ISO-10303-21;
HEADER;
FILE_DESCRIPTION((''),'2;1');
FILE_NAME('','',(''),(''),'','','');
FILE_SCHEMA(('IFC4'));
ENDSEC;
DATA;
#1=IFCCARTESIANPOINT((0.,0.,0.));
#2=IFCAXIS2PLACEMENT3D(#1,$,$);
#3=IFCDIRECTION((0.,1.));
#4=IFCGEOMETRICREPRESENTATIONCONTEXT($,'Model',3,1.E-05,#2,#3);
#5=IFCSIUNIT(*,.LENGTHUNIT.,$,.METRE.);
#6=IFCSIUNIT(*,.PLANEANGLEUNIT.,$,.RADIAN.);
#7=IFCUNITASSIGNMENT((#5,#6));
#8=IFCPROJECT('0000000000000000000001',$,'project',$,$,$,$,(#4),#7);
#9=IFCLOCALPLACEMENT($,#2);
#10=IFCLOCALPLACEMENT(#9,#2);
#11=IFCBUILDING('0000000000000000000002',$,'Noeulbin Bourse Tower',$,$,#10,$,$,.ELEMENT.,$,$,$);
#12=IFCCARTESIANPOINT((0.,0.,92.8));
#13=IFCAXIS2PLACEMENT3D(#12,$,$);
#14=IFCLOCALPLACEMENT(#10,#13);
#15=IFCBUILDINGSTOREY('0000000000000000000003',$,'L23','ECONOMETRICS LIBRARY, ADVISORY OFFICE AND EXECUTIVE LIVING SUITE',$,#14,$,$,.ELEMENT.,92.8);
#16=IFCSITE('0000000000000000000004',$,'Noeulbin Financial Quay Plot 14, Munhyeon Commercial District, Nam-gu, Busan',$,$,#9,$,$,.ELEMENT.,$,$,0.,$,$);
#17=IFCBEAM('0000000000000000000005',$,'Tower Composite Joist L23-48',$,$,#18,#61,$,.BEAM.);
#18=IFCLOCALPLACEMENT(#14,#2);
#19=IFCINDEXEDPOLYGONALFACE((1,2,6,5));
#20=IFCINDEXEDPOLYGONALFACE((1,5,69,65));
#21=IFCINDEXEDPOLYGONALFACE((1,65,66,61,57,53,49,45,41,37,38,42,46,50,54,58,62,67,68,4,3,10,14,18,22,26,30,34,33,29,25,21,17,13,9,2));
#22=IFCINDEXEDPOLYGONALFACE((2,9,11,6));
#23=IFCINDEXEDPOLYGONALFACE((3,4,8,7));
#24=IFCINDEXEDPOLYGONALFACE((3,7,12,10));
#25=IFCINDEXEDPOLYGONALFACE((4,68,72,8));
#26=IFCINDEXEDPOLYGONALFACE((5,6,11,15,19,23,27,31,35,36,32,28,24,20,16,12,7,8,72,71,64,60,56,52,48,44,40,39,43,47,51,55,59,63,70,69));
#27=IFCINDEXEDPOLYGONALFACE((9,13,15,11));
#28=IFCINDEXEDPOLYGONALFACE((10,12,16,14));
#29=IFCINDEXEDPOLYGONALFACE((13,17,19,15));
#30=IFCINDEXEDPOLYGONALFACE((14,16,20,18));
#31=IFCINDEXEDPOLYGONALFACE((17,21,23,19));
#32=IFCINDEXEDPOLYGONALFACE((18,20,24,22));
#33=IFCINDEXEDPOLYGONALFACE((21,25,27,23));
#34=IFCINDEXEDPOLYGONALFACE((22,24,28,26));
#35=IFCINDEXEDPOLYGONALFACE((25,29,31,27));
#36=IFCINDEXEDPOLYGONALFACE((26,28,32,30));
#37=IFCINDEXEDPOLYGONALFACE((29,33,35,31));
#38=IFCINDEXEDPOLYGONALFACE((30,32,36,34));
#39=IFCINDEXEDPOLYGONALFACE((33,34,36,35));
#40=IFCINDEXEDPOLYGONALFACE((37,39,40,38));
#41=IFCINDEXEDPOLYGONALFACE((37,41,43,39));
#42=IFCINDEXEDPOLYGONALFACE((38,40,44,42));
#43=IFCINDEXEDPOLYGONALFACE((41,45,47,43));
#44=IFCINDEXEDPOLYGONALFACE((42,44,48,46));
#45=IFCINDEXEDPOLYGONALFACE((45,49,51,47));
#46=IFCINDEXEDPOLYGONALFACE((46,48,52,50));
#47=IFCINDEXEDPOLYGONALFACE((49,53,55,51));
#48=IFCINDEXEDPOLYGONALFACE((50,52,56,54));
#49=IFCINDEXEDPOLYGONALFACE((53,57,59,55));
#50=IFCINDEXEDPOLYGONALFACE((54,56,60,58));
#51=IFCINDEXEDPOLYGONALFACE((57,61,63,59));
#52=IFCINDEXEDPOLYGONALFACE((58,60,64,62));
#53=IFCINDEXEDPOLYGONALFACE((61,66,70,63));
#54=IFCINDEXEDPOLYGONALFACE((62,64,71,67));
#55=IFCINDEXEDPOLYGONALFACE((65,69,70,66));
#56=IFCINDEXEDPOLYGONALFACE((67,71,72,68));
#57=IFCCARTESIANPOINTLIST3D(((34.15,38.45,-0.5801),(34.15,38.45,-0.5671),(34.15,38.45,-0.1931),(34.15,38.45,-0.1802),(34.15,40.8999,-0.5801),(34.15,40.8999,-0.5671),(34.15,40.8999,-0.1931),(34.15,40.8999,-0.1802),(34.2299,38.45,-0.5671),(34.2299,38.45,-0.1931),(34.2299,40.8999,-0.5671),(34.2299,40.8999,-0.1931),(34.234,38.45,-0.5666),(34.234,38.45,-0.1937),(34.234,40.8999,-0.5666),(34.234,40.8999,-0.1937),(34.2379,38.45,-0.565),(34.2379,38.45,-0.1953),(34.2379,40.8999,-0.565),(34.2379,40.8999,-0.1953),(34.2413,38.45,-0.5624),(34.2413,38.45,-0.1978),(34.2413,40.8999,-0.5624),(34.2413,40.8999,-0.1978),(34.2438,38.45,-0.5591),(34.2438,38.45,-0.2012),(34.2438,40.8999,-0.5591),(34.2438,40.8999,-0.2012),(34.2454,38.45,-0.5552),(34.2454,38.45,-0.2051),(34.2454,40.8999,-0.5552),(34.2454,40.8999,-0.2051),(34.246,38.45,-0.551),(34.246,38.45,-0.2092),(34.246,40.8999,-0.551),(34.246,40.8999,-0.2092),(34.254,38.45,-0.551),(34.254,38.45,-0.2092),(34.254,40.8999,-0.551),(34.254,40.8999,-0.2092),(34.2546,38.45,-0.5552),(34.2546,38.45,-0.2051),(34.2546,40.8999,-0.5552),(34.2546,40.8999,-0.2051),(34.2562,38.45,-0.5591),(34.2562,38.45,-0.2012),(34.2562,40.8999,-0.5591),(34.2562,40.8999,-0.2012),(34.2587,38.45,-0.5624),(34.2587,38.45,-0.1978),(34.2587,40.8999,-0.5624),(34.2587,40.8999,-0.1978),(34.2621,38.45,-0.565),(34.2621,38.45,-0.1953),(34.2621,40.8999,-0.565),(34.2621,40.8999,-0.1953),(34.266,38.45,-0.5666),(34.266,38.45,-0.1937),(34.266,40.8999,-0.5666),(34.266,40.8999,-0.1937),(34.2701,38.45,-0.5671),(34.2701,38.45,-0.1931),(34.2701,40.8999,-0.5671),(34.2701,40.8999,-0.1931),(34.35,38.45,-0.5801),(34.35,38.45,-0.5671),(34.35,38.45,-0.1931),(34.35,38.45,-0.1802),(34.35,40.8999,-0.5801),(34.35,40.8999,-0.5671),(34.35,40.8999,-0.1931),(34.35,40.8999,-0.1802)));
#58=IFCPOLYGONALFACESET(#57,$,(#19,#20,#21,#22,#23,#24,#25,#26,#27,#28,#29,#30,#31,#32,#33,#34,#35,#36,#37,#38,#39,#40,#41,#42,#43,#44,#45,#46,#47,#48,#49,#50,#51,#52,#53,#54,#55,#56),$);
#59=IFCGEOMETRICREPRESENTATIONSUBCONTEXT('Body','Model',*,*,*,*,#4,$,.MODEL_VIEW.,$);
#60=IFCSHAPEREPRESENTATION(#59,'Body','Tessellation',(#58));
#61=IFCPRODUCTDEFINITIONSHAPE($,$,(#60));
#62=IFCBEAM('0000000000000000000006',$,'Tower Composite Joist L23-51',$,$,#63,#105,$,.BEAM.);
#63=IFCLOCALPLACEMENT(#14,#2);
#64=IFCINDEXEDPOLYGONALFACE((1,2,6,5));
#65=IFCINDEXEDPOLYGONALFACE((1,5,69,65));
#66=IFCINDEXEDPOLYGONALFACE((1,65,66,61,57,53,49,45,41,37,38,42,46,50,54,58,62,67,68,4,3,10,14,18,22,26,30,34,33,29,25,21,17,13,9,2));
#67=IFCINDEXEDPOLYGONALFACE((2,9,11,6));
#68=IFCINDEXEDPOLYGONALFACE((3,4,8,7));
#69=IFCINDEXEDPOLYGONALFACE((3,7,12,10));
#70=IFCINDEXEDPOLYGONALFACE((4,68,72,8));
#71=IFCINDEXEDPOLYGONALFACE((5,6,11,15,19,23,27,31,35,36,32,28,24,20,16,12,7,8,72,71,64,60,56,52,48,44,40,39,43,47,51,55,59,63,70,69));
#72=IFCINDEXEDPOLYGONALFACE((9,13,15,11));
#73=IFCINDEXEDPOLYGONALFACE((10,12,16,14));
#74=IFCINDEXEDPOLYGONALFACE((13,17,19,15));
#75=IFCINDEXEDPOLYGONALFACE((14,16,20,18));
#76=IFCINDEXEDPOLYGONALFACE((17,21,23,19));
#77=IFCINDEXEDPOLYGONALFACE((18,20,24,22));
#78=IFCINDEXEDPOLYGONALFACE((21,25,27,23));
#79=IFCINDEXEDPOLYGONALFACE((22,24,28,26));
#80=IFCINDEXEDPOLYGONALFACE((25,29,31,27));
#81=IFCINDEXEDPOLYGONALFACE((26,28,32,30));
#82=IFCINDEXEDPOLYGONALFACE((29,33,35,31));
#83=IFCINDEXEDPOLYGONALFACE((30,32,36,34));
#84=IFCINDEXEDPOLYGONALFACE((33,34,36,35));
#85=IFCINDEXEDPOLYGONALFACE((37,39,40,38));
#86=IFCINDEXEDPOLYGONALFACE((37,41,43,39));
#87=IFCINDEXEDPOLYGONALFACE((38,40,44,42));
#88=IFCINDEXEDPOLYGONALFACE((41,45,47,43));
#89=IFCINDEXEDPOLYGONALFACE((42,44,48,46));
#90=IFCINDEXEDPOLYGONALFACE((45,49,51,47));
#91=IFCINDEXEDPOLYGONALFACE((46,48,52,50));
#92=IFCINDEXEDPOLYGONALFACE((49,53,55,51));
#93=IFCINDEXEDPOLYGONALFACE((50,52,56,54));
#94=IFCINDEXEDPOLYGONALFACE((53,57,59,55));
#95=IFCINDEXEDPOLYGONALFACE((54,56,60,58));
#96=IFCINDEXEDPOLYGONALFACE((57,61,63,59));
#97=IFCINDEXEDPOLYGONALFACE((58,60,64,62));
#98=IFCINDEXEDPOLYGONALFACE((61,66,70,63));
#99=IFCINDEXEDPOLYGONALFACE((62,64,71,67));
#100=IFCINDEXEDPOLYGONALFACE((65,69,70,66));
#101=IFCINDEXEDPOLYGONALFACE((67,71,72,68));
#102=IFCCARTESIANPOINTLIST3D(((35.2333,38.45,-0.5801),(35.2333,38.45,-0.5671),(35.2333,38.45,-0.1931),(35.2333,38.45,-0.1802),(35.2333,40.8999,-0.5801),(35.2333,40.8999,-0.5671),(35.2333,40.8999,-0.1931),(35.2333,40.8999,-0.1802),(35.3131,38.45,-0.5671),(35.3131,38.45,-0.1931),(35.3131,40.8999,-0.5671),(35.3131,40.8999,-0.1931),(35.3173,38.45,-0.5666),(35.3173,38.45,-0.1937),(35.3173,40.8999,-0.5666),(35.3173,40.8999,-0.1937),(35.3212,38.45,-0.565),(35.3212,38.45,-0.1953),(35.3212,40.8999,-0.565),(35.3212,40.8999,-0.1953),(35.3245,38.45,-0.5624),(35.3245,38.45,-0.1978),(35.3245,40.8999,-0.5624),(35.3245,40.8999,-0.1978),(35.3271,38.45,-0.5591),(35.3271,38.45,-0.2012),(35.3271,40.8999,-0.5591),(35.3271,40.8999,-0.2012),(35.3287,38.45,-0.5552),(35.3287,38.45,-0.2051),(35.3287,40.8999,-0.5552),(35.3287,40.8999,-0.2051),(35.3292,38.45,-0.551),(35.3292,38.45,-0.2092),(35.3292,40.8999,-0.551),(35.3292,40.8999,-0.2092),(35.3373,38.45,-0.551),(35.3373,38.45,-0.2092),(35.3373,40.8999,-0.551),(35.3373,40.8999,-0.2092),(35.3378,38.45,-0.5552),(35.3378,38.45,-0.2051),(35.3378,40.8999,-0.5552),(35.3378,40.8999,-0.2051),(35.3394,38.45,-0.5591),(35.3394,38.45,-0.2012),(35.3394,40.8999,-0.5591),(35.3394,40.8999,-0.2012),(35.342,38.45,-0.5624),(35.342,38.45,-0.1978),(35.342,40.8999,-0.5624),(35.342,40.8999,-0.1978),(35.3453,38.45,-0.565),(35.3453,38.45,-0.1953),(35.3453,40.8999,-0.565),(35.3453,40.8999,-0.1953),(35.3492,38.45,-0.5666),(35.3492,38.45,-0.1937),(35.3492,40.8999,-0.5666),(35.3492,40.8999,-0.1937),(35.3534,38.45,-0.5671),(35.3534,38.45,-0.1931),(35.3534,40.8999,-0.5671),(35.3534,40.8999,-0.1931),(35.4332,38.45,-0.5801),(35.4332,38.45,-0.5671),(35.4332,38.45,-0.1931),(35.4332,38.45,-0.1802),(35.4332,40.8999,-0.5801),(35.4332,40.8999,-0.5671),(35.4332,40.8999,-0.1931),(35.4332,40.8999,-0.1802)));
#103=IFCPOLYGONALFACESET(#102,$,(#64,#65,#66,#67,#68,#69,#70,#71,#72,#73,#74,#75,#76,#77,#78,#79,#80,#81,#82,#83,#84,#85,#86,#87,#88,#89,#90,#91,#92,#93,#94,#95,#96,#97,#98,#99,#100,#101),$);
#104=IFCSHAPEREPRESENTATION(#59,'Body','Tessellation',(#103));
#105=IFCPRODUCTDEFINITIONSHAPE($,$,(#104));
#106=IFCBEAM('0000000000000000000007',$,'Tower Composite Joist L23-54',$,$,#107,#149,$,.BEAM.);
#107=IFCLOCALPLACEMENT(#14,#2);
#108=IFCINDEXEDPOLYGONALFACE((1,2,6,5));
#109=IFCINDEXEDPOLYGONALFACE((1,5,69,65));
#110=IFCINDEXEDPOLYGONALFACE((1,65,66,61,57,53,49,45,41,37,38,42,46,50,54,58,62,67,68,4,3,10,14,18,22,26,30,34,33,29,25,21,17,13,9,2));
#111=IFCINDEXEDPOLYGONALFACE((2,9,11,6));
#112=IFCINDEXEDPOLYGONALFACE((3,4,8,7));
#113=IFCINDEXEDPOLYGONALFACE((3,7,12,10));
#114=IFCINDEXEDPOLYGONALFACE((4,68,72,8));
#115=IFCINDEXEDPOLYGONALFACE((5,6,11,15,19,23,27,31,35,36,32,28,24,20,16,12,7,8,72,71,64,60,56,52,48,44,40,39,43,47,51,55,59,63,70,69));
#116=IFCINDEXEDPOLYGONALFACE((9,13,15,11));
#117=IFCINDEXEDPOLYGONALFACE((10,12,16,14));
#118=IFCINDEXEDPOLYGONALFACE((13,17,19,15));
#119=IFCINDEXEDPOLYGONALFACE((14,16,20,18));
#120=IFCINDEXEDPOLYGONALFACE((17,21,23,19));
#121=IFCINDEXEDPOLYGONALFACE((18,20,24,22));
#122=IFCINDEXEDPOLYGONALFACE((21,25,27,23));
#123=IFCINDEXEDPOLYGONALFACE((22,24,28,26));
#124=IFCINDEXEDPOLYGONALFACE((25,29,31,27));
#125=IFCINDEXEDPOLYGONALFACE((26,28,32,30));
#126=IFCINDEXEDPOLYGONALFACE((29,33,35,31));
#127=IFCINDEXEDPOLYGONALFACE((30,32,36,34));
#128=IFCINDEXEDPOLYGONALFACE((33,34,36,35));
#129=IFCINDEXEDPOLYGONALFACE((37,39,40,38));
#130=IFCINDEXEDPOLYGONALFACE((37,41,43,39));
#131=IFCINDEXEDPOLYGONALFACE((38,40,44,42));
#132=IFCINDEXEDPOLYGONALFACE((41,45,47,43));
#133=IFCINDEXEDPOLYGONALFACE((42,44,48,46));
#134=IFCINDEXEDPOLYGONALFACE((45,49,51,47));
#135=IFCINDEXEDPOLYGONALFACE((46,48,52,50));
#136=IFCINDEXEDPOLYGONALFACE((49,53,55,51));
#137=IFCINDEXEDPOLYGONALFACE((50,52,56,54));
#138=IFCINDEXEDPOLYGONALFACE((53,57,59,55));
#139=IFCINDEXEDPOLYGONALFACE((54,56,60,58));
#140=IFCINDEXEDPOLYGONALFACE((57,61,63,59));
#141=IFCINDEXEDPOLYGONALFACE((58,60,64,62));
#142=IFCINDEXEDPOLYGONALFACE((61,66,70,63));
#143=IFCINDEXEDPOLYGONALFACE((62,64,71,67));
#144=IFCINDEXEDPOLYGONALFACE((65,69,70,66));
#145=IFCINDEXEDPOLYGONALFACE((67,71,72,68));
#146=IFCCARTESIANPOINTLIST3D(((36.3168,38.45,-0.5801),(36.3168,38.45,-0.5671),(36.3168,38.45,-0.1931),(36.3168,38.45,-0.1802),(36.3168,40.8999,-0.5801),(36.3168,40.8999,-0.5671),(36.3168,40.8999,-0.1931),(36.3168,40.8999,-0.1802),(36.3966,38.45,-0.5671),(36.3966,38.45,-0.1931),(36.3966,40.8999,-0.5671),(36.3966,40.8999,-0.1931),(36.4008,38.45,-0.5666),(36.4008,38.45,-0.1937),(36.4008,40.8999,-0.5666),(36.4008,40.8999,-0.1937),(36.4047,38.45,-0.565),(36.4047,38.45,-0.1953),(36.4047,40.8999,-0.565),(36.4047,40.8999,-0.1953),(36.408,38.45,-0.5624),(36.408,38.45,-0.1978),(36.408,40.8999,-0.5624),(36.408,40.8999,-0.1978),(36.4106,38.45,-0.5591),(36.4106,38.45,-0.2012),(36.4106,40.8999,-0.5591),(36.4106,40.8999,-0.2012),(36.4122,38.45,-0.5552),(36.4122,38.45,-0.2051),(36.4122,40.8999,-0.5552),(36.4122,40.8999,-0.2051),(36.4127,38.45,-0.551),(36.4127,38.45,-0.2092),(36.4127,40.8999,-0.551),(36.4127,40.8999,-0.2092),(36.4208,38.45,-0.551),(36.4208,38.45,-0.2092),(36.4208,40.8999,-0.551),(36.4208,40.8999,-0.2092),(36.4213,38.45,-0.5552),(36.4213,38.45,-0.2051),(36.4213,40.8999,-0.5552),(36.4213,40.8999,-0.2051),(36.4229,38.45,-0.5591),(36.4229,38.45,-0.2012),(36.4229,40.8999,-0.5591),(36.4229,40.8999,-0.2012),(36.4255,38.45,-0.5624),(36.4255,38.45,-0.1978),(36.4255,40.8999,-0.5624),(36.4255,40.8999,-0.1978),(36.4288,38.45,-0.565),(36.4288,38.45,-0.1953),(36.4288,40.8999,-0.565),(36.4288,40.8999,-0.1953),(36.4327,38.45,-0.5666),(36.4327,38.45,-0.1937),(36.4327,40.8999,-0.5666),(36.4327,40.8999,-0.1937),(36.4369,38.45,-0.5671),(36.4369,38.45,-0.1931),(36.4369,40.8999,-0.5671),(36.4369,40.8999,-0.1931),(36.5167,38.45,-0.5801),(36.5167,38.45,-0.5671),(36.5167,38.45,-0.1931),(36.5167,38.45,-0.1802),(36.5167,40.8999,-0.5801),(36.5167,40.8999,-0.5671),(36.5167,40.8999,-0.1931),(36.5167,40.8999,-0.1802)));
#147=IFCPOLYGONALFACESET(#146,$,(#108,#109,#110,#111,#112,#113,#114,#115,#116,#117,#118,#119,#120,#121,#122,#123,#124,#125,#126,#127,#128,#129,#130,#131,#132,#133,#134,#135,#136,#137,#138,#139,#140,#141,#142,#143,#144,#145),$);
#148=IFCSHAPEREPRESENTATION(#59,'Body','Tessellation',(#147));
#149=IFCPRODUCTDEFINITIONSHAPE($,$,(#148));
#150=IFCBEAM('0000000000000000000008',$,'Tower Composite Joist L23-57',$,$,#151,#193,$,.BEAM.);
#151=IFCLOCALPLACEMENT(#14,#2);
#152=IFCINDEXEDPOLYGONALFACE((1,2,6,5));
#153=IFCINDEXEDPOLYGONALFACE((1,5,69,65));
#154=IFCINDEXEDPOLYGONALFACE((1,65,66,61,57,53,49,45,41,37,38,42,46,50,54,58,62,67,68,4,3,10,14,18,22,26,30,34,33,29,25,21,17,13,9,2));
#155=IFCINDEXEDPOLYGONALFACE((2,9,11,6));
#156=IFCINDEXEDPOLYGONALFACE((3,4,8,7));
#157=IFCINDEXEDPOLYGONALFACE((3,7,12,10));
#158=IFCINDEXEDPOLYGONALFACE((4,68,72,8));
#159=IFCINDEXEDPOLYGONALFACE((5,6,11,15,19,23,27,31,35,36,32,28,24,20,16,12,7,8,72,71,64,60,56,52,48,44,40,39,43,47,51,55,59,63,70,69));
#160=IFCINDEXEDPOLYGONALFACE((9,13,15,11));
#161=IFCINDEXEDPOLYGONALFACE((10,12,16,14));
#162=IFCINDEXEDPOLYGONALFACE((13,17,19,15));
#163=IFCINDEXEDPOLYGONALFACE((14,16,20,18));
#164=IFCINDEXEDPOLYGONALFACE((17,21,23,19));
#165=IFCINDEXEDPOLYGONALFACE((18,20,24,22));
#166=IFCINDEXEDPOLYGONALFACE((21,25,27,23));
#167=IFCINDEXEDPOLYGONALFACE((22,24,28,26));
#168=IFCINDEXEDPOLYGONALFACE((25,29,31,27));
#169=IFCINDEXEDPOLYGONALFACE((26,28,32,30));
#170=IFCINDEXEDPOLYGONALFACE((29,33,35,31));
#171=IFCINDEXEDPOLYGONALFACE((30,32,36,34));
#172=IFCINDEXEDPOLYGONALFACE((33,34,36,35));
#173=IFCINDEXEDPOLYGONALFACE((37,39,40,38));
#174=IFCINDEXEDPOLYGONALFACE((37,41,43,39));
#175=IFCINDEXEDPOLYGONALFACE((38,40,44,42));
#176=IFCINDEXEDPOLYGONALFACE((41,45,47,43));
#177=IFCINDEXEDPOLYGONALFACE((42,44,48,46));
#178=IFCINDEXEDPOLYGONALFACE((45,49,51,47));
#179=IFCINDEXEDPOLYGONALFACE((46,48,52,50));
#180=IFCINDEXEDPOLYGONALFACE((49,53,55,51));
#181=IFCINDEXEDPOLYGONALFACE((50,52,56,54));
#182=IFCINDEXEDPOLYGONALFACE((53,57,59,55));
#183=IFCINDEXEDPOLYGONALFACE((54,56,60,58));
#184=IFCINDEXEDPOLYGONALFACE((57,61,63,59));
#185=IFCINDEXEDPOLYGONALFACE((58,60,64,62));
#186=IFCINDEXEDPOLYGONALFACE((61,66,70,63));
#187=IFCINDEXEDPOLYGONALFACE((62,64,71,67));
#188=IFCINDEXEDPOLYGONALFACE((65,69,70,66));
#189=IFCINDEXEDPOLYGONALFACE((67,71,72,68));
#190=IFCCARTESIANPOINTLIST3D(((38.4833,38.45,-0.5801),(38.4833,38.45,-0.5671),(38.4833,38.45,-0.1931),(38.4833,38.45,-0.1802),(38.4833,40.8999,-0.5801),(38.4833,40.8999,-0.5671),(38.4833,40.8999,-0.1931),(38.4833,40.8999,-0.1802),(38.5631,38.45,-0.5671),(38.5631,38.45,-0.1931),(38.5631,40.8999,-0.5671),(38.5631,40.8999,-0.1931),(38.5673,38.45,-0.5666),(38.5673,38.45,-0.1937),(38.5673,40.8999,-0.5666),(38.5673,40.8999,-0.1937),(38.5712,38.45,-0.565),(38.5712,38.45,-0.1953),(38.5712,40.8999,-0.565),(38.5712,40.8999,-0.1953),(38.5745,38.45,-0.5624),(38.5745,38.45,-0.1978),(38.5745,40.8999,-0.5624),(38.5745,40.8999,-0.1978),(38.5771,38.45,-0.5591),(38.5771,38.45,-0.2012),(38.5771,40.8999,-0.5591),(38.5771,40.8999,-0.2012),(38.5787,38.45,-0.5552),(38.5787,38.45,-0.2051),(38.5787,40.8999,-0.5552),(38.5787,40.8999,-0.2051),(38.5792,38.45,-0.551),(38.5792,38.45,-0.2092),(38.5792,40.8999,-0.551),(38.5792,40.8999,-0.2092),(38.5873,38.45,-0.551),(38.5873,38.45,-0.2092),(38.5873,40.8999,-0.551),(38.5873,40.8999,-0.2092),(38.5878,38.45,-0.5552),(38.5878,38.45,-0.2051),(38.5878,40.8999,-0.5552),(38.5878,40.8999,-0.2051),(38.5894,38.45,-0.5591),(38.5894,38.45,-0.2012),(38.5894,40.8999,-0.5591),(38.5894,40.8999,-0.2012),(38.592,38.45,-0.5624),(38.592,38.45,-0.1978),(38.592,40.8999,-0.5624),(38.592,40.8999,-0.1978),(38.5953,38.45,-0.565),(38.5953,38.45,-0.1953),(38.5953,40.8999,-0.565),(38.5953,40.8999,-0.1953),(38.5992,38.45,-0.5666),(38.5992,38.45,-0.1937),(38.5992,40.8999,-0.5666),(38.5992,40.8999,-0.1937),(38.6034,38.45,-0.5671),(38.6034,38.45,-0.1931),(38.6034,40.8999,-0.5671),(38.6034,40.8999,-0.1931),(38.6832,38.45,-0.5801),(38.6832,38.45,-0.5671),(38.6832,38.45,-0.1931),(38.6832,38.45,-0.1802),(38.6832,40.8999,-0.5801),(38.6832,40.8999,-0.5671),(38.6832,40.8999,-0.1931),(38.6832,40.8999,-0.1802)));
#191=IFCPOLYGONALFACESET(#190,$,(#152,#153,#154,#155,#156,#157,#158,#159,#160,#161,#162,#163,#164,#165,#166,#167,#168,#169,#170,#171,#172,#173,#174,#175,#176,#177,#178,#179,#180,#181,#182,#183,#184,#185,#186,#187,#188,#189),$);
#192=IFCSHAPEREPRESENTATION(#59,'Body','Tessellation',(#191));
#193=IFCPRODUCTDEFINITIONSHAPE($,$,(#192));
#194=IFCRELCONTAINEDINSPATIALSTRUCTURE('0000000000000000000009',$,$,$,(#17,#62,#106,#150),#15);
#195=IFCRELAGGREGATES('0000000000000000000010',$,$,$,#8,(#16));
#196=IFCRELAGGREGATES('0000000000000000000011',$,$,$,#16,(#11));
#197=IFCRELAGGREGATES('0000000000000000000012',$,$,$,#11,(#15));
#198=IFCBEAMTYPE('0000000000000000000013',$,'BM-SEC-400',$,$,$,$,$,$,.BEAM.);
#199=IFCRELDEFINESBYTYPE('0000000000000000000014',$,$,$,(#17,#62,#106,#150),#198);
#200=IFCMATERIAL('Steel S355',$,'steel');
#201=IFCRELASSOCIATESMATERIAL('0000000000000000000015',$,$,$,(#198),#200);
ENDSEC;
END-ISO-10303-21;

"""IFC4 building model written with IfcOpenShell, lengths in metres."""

from ifc_helpers import new_model, si_unit, direction, frame, origin, origin_2d, place, context, subcontext, project, spatial, i_section, extrude, material, material_profile, profile_set, type_object, element, save


model = new_model("IFC4")

# Units and contexts
model_context = context("Model", 3, precision=1e-05, world=origin(), true_north=direction((0.0, 1.0)))
body_context = subcontext(model_context, "Body", "Model", "MODEL_VIEW")
ifc_project = project(units=[si_unit("LENGTHUNIT", "METRE"), si_unit("PLANEANGLEUNIT", "RADIAN")], contexts=[model_context])

# Site, building, storey
site_placement = place(None, origin())
site = spatial("IfcSite", under=ifc_project, at=site_placement, Name="Noeulbin Financial Quay Plot 14, Munhyeon Commercial District, Nam-gu, Busan", CompositionType="ELEMENT", RefElevation=0.0)
building_placement = place(site_placement, origin())
building = spatial("IfcBuilding", under=site, at=building_placement, Name="Noeulbin Bourse Tower", CompositionType="ELEMENT")
storey_placement = place(building_placement, frame((0.0, 0.0, 92.8)))
storey = spatial("IfcBuildingStorey", under=building, at=storey_placement, Name="L23", Description="ECONOMETRICS LIBRARY, ADVISORY OFFICE AND EXECUTIVE LIVING SUITE", CompositionType="ELEMENT", Elevation=92.8)

# Beams
ifc_material_1 = material(Name="Steel S355", Category="steel")
ifc_material_profile_1 = material_profile(ifc_material_1, i_section(OverallWidth=0.2, OverallDepth=0.3999, WebThickness=0.0081, FlangeThickness=0.0129, FilletRadius=0.0161, at=origin_2d()), Name="H-400x200x8x13", Category="LoadBearing")
ifc_profile_set_1 = profile_set([ifc_material_profile_1], Name="Steel S355")
beam_type_1 = type_object("IfcBeamType", Name="BM-SEC-400", PredefinedType="BEAM", material=ifc_profile_set_1)
for number, where, z_axis, x_axis, name in (
    (1, (34.25, 38.45, -0.3801), (0.0, 1.0, 0.0), (-1.0, 0.0, 0.0), "Tower Composite Joist L23-48"),
    (2, (35.3333, 38.45, -0.3801), (0.0, 1.0, 0.0), (-1.0, 0.0, 0.0), "Tower Composite Joist L23-51"),
    (3, (36.4167, 38.45, -0.3801), (0.0, 1.0, 0.0), (-1.0, 0.0, 0.0), "Tower Composite Joist L23-54"),
    (4, (38.5833, 38.45, -0.3801), (0.0, 1.0, 0.0), (-1.0, 0.0, 0.0), "Tower Composite Joist L23-57"),
):
    element("IfcBeam", number, at=place(storey_placement, frame(where, z_axis=z_axis, x_axis=x_axis)), inside=storey, type_object=beam_type_1, Name=name, PredefinedType="BEAM", context=body_context, shape_type="SweptSolid", body=[
        extrude(i_section(OverallWidth=0.2, OverallDepth=0.3999, WebThickness=0.0081, FlangeThickness=0.0129, FilletRadius=0.0161, at=origin_2d()), origin(), (0.0, 0.0, 1.0), 2.45),
    ])

save(model, "model.ifc")
